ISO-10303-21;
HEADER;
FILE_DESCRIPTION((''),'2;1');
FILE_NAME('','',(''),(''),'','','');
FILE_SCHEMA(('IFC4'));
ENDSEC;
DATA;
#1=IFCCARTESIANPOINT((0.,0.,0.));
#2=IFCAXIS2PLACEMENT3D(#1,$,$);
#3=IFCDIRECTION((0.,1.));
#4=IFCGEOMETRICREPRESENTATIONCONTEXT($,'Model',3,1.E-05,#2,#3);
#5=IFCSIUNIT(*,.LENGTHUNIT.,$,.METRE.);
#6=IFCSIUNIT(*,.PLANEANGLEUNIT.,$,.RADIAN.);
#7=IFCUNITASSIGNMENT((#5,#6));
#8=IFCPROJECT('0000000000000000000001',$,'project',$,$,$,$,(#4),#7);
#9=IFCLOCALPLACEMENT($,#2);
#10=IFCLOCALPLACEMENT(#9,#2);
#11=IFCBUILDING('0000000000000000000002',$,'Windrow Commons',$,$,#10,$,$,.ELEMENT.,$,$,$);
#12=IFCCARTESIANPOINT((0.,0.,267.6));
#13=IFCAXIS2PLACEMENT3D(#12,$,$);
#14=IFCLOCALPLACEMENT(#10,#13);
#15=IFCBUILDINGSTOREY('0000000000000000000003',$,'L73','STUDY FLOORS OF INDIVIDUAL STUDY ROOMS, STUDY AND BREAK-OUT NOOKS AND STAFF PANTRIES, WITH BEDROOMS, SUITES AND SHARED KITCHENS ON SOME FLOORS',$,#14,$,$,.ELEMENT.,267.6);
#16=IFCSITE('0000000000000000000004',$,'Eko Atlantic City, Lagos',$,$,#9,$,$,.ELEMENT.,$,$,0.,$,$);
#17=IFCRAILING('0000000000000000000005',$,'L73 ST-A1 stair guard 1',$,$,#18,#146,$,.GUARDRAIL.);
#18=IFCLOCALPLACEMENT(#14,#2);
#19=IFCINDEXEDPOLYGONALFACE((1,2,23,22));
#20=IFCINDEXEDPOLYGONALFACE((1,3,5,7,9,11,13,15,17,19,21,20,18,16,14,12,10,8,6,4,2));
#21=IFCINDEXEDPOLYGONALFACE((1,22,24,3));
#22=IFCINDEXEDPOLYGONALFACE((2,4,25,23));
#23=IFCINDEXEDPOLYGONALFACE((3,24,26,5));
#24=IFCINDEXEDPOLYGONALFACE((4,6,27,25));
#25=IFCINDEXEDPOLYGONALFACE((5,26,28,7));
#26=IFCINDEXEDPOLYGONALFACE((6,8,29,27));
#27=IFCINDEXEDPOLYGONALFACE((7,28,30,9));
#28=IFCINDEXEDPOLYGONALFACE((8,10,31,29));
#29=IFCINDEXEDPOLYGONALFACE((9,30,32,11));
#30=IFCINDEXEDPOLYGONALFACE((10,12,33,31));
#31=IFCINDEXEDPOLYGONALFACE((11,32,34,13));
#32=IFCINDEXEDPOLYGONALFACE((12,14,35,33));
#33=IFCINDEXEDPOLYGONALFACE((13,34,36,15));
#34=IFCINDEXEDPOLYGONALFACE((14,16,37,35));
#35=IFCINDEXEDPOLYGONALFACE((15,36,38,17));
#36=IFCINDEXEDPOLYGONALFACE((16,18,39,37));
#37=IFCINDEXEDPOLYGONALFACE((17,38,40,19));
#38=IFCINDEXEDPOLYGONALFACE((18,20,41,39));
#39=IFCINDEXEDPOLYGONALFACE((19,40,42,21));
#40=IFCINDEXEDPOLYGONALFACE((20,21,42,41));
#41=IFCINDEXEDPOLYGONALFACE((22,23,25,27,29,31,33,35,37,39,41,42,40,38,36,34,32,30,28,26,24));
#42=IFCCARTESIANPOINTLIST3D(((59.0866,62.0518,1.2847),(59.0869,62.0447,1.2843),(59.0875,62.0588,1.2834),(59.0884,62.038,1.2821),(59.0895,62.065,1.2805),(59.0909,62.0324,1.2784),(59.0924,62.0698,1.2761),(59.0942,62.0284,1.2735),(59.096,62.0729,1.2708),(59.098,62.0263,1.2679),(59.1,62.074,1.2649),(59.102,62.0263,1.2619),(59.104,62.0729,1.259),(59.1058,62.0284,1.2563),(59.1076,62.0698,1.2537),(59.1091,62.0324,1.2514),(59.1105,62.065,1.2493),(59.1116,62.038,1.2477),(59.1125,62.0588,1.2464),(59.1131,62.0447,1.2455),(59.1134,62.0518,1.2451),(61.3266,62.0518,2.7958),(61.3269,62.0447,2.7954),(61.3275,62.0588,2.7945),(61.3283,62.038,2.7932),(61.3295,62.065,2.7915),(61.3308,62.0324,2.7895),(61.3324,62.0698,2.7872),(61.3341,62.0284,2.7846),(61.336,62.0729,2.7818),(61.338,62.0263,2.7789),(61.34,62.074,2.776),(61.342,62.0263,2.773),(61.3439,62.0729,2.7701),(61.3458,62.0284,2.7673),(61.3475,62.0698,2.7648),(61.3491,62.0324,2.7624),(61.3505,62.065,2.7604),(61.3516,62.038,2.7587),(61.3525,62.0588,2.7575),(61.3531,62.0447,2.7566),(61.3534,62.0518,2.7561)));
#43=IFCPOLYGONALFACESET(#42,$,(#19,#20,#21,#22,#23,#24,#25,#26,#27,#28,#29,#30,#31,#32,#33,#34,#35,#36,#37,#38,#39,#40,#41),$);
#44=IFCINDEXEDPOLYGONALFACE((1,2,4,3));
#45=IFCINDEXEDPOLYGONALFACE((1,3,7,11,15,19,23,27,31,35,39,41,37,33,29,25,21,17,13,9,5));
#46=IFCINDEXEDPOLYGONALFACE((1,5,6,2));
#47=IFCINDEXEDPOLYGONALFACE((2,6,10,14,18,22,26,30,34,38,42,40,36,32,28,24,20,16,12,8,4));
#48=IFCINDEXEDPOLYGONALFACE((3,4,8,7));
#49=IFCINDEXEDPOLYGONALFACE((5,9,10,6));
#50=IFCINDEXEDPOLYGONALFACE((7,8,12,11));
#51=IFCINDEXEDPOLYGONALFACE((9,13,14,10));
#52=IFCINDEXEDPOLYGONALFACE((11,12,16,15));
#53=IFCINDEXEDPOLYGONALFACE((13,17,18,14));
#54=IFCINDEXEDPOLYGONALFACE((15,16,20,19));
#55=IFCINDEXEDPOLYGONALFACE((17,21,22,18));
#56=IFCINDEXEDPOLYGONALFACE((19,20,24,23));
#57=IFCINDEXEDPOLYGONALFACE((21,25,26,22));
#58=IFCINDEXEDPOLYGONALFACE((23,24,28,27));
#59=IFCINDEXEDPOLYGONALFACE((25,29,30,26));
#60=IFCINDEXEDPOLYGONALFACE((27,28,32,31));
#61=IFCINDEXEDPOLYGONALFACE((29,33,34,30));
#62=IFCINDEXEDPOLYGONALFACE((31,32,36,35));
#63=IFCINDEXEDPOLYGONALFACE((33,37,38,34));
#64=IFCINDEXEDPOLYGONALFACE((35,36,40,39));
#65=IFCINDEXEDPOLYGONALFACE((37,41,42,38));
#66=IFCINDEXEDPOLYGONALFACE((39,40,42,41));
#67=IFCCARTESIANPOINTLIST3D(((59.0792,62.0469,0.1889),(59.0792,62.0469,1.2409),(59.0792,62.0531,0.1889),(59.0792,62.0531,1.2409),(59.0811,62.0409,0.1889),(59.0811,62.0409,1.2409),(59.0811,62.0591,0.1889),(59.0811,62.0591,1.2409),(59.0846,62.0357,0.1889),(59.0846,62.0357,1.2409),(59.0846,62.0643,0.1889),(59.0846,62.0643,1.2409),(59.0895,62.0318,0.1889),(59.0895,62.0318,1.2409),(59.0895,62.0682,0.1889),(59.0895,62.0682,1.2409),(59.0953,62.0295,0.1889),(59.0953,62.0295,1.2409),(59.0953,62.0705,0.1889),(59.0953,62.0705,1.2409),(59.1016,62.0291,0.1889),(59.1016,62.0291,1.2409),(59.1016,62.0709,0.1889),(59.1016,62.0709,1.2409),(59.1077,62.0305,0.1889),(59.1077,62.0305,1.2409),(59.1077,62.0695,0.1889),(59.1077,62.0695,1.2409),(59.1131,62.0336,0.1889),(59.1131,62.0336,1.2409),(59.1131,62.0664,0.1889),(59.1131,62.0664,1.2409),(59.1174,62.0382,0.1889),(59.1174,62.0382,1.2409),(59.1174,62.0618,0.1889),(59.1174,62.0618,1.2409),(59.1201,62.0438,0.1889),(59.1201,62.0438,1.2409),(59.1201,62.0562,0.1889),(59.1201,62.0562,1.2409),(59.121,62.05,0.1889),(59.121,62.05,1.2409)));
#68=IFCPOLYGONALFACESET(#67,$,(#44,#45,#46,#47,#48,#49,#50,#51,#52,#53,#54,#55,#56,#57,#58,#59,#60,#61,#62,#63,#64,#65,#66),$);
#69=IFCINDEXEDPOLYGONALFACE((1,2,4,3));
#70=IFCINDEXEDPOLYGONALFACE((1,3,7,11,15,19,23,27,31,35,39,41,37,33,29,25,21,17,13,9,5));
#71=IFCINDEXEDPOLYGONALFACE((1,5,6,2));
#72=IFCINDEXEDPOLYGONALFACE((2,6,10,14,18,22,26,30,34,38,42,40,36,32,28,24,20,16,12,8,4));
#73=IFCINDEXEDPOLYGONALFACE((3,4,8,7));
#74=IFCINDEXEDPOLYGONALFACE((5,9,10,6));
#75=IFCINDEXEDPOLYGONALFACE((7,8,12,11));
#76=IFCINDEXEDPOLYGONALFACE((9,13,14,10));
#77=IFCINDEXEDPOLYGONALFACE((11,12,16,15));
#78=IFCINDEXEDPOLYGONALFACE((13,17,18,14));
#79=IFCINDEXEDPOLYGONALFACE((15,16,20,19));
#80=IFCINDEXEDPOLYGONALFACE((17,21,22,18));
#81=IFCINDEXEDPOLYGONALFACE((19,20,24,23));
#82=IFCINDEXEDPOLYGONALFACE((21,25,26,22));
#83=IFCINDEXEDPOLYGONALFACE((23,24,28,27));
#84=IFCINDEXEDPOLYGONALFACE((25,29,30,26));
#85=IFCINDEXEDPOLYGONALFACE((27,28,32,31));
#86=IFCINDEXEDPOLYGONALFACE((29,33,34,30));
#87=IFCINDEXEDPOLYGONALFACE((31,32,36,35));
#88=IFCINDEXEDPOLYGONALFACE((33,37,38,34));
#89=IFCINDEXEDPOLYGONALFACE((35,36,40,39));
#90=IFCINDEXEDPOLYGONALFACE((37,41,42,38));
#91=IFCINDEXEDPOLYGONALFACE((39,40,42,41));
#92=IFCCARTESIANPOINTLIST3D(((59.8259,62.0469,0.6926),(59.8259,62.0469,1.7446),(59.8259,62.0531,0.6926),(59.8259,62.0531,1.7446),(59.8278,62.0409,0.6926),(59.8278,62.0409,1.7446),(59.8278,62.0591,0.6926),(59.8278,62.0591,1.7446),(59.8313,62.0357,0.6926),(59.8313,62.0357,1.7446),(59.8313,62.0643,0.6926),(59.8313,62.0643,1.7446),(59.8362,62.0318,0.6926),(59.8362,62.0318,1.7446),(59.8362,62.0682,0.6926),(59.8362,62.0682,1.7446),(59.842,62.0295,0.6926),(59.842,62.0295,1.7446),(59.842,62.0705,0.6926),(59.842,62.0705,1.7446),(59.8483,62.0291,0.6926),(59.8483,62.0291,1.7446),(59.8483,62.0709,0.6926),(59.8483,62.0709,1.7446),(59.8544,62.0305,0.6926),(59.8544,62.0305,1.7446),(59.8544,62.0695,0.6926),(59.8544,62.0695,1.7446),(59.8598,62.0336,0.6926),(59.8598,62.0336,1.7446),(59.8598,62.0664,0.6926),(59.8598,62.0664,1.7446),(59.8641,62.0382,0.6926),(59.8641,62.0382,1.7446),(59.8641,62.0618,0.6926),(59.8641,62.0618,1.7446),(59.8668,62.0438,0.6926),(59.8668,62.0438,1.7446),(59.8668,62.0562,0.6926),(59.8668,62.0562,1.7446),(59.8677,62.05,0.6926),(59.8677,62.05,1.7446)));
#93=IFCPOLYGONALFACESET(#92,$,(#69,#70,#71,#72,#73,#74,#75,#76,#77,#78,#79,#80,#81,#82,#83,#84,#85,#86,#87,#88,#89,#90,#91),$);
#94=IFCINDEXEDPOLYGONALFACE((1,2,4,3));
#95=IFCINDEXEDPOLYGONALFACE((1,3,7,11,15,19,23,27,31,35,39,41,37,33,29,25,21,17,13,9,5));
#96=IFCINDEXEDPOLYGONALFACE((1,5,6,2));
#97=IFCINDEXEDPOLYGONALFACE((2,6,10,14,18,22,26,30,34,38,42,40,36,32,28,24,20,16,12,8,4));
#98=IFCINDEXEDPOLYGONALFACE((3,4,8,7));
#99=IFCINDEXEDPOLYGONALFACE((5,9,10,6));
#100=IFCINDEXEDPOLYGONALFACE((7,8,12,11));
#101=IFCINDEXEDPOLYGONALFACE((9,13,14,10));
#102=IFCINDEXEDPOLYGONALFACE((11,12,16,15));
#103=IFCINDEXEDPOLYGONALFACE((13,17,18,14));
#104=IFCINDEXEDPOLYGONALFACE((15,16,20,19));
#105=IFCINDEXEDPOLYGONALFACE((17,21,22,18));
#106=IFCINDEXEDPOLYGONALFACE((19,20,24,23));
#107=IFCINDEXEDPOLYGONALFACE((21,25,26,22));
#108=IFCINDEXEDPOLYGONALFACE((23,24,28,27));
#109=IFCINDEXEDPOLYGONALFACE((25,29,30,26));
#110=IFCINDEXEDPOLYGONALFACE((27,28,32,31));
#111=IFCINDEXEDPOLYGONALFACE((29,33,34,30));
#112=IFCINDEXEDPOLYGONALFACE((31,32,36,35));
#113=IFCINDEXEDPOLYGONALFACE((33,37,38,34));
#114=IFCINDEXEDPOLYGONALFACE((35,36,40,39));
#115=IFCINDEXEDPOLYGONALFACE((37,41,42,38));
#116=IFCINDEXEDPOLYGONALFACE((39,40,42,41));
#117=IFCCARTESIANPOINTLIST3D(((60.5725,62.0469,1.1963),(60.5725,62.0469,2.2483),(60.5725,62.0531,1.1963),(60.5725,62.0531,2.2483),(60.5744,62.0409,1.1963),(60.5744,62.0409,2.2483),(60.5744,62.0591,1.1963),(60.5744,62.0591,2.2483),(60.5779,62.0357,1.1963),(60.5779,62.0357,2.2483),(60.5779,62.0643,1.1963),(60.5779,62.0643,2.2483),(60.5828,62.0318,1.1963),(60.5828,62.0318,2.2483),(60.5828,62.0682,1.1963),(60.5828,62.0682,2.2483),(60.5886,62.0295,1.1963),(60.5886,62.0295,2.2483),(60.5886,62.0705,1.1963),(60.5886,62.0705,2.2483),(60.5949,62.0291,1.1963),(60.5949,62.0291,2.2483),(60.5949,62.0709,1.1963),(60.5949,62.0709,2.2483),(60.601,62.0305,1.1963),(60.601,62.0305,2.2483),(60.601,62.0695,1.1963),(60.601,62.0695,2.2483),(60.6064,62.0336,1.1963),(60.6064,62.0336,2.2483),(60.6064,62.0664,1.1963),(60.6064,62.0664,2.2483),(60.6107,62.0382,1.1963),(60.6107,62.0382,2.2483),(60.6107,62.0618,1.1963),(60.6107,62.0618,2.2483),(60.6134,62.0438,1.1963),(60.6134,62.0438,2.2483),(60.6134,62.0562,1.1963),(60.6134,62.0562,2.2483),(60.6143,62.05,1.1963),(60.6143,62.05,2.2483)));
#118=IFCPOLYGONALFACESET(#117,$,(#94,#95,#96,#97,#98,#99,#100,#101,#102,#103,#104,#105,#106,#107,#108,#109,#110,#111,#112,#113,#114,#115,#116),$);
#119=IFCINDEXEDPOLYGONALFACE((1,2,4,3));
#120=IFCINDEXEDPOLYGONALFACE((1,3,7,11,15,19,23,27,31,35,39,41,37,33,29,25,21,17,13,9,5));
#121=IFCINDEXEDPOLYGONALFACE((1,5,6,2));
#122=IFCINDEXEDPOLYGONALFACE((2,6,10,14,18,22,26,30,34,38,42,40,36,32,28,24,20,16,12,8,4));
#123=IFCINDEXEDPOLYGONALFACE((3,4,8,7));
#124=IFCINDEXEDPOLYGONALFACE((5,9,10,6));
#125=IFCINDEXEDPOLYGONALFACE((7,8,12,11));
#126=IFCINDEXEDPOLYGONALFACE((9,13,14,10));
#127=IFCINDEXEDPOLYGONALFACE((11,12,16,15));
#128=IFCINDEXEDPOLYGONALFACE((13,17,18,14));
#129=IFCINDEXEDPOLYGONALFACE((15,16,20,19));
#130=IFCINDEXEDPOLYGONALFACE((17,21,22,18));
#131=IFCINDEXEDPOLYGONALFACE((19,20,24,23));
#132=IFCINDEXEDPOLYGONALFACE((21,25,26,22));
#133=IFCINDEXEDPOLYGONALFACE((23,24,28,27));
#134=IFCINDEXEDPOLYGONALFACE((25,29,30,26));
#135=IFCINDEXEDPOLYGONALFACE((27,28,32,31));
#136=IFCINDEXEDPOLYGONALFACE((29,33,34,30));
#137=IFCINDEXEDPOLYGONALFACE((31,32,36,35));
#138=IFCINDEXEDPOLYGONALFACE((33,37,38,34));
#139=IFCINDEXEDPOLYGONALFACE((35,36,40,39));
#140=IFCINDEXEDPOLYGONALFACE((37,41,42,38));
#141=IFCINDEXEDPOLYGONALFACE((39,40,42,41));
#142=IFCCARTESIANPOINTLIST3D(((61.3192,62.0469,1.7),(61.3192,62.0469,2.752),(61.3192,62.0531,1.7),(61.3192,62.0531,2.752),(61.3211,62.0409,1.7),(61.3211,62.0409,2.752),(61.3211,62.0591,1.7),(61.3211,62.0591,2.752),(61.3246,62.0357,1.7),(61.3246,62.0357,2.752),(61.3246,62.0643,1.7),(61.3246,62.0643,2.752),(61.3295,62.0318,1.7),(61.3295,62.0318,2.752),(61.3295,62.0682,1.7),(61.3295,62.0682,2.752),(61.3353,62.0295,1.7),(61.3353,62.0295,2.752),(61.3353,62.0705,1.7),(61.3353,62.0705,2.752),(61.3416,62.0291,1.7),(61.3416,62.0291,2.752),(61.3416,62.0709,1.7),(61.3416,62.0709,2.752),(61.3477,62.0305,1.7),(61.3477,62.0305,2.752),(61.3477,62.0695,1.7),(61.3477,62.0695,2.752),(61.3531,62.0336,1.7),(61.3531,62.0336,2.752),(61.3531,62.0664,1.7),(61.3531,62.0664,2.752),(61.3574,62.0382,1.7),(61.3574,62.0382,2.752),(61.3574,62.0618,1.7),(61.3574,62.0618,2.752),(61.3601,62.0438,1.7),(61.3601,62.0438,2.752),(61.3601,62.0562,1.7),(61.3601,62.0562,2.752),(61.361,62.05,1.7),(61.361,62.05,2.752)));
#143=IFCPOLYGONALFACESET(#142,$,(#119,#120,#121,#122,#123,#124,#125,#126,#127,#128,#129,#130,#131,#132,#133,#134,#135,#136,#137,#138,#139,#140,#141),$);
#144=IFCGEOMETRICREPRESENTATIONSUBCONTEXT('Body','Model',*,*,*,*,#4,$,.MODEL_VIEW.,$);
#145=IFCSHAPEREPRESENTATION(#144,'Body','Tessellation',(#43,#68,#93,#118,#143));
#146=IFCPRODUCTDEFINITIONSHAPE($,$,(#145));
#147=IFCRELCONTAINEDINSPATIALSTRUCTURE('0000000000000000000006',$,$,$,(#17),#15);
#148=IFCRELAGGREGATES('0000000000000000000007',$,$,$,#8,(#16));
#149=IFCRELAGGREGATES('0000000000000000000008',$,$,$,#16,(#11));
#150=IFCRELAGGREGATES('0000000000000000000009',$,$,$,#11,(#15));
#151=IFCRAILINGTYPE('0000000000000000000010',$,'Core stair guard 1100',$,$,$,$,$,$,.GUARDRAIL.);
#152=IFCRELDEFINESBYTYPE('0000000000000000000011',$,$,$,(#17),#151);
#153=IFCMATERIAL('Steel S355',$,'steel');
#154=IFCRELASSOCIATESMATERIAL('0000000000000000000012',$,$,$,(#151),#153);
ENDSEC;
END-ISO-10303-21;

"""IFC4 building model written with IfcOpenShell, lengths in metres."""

from ifc_helpers import new_model, si_unit, direction, frame, origin, origin_2d, place, context, subcontext, project, spatial, circle, extrude, material, type_object, element, save


model = new_model("IFC4")

# Units and contexts
model_context = context("Model", 3, precision=1e-05, world=origin(), true_north=direction((0.0, 1.0)))
body_context = subcontext(model_context, "Body", "Model", "MODEL_VIEW")
ifc_project = project(units=[si_unit("LENGTHUNIT", "METRE"), si_unit("PLANEANGLEUNIT", "RADIAN")], contexts=[model_context])

# Site, building, storey
site_placement = place(None, origin())
site = spatial("IfcSite", under=ifc_project, at=site_placement, Name="Eko Atlantic City, Lagos", CompositionType="ELEMENT", RefElevation=0.0)
building_placement = place(site_placement, origin())
building = spatial("IfcBuilding", under=site, at=building_placement, Name="Windrow Commons", CompositionType="ELEMENT")
storey_placement = place(building_placement, frame((0.0, 0.0, 267.6)))
storey = spatial("IfcBuildingStorey", under=building, at=storey_placement, Name="L73", Description="STUDY FLOORS OF INDIVIDUAL STUDY ROOMS, STUDY AND BREAK-OUT NOOKS AND STAFF PANTRIES, WITH BEDROOMS, SUITES AND SHARED KITCHENS ON SOME FLOORS", CompositionType="ELEMENT", Elevation=267.6)

# Railing
ifc_material_1 = material(Name="Steel S355", Category="steel")
railing_type_1 = type_object("IfcRailingType", Name="Core stair guard 1100", PredefinedType="GUARDRAIL", material=ifc_material_1)
railing_1_placement = place(storey_placement, frame((59.1, 62.05, 0.1889)))
element("IfcRailing", 1, at=railing_1_placement, inside=storey, type_object=railing_type_1, Name="L73 ST-A1 stair guard 1", PredefinedType="GUARDRAIL", context=body_context, shape_type="SweptSolid", body=[
    extrude(circle(Radius=0.024, at=origin_2d()), frame((0.0, 0.0, 1.076), z_axis=(0.829003, 0.0, 0.559244), x_axis=(0.0, 1.0, 0.0)), (0.0, 0.0, 1.0), 2.702),
    extrude(circle(Radius=0.021, at=origin_2d()), origin(), (0.0, 0.0, 1.0), 1.052),
    extrude(circle(Radius=0.021, at=origin_2d()), frame((0.7467, 0.0, 0.5037)), (0.0, 0.0, 1.0), 1.052),
    extrude(circle(Radius=0.021, at=origin_2d()), frame((1.4933, 0.0, 1.0074)), (0.0, 0.0, 1.0), 1.052),
    extrude(circle(Radius=0.021, at=origin_2d()), frame((2.24, 0.0, 1.5111)), (0.0, 0.0, 1.0), 1.052),
])

save(model, "model.ifc")
